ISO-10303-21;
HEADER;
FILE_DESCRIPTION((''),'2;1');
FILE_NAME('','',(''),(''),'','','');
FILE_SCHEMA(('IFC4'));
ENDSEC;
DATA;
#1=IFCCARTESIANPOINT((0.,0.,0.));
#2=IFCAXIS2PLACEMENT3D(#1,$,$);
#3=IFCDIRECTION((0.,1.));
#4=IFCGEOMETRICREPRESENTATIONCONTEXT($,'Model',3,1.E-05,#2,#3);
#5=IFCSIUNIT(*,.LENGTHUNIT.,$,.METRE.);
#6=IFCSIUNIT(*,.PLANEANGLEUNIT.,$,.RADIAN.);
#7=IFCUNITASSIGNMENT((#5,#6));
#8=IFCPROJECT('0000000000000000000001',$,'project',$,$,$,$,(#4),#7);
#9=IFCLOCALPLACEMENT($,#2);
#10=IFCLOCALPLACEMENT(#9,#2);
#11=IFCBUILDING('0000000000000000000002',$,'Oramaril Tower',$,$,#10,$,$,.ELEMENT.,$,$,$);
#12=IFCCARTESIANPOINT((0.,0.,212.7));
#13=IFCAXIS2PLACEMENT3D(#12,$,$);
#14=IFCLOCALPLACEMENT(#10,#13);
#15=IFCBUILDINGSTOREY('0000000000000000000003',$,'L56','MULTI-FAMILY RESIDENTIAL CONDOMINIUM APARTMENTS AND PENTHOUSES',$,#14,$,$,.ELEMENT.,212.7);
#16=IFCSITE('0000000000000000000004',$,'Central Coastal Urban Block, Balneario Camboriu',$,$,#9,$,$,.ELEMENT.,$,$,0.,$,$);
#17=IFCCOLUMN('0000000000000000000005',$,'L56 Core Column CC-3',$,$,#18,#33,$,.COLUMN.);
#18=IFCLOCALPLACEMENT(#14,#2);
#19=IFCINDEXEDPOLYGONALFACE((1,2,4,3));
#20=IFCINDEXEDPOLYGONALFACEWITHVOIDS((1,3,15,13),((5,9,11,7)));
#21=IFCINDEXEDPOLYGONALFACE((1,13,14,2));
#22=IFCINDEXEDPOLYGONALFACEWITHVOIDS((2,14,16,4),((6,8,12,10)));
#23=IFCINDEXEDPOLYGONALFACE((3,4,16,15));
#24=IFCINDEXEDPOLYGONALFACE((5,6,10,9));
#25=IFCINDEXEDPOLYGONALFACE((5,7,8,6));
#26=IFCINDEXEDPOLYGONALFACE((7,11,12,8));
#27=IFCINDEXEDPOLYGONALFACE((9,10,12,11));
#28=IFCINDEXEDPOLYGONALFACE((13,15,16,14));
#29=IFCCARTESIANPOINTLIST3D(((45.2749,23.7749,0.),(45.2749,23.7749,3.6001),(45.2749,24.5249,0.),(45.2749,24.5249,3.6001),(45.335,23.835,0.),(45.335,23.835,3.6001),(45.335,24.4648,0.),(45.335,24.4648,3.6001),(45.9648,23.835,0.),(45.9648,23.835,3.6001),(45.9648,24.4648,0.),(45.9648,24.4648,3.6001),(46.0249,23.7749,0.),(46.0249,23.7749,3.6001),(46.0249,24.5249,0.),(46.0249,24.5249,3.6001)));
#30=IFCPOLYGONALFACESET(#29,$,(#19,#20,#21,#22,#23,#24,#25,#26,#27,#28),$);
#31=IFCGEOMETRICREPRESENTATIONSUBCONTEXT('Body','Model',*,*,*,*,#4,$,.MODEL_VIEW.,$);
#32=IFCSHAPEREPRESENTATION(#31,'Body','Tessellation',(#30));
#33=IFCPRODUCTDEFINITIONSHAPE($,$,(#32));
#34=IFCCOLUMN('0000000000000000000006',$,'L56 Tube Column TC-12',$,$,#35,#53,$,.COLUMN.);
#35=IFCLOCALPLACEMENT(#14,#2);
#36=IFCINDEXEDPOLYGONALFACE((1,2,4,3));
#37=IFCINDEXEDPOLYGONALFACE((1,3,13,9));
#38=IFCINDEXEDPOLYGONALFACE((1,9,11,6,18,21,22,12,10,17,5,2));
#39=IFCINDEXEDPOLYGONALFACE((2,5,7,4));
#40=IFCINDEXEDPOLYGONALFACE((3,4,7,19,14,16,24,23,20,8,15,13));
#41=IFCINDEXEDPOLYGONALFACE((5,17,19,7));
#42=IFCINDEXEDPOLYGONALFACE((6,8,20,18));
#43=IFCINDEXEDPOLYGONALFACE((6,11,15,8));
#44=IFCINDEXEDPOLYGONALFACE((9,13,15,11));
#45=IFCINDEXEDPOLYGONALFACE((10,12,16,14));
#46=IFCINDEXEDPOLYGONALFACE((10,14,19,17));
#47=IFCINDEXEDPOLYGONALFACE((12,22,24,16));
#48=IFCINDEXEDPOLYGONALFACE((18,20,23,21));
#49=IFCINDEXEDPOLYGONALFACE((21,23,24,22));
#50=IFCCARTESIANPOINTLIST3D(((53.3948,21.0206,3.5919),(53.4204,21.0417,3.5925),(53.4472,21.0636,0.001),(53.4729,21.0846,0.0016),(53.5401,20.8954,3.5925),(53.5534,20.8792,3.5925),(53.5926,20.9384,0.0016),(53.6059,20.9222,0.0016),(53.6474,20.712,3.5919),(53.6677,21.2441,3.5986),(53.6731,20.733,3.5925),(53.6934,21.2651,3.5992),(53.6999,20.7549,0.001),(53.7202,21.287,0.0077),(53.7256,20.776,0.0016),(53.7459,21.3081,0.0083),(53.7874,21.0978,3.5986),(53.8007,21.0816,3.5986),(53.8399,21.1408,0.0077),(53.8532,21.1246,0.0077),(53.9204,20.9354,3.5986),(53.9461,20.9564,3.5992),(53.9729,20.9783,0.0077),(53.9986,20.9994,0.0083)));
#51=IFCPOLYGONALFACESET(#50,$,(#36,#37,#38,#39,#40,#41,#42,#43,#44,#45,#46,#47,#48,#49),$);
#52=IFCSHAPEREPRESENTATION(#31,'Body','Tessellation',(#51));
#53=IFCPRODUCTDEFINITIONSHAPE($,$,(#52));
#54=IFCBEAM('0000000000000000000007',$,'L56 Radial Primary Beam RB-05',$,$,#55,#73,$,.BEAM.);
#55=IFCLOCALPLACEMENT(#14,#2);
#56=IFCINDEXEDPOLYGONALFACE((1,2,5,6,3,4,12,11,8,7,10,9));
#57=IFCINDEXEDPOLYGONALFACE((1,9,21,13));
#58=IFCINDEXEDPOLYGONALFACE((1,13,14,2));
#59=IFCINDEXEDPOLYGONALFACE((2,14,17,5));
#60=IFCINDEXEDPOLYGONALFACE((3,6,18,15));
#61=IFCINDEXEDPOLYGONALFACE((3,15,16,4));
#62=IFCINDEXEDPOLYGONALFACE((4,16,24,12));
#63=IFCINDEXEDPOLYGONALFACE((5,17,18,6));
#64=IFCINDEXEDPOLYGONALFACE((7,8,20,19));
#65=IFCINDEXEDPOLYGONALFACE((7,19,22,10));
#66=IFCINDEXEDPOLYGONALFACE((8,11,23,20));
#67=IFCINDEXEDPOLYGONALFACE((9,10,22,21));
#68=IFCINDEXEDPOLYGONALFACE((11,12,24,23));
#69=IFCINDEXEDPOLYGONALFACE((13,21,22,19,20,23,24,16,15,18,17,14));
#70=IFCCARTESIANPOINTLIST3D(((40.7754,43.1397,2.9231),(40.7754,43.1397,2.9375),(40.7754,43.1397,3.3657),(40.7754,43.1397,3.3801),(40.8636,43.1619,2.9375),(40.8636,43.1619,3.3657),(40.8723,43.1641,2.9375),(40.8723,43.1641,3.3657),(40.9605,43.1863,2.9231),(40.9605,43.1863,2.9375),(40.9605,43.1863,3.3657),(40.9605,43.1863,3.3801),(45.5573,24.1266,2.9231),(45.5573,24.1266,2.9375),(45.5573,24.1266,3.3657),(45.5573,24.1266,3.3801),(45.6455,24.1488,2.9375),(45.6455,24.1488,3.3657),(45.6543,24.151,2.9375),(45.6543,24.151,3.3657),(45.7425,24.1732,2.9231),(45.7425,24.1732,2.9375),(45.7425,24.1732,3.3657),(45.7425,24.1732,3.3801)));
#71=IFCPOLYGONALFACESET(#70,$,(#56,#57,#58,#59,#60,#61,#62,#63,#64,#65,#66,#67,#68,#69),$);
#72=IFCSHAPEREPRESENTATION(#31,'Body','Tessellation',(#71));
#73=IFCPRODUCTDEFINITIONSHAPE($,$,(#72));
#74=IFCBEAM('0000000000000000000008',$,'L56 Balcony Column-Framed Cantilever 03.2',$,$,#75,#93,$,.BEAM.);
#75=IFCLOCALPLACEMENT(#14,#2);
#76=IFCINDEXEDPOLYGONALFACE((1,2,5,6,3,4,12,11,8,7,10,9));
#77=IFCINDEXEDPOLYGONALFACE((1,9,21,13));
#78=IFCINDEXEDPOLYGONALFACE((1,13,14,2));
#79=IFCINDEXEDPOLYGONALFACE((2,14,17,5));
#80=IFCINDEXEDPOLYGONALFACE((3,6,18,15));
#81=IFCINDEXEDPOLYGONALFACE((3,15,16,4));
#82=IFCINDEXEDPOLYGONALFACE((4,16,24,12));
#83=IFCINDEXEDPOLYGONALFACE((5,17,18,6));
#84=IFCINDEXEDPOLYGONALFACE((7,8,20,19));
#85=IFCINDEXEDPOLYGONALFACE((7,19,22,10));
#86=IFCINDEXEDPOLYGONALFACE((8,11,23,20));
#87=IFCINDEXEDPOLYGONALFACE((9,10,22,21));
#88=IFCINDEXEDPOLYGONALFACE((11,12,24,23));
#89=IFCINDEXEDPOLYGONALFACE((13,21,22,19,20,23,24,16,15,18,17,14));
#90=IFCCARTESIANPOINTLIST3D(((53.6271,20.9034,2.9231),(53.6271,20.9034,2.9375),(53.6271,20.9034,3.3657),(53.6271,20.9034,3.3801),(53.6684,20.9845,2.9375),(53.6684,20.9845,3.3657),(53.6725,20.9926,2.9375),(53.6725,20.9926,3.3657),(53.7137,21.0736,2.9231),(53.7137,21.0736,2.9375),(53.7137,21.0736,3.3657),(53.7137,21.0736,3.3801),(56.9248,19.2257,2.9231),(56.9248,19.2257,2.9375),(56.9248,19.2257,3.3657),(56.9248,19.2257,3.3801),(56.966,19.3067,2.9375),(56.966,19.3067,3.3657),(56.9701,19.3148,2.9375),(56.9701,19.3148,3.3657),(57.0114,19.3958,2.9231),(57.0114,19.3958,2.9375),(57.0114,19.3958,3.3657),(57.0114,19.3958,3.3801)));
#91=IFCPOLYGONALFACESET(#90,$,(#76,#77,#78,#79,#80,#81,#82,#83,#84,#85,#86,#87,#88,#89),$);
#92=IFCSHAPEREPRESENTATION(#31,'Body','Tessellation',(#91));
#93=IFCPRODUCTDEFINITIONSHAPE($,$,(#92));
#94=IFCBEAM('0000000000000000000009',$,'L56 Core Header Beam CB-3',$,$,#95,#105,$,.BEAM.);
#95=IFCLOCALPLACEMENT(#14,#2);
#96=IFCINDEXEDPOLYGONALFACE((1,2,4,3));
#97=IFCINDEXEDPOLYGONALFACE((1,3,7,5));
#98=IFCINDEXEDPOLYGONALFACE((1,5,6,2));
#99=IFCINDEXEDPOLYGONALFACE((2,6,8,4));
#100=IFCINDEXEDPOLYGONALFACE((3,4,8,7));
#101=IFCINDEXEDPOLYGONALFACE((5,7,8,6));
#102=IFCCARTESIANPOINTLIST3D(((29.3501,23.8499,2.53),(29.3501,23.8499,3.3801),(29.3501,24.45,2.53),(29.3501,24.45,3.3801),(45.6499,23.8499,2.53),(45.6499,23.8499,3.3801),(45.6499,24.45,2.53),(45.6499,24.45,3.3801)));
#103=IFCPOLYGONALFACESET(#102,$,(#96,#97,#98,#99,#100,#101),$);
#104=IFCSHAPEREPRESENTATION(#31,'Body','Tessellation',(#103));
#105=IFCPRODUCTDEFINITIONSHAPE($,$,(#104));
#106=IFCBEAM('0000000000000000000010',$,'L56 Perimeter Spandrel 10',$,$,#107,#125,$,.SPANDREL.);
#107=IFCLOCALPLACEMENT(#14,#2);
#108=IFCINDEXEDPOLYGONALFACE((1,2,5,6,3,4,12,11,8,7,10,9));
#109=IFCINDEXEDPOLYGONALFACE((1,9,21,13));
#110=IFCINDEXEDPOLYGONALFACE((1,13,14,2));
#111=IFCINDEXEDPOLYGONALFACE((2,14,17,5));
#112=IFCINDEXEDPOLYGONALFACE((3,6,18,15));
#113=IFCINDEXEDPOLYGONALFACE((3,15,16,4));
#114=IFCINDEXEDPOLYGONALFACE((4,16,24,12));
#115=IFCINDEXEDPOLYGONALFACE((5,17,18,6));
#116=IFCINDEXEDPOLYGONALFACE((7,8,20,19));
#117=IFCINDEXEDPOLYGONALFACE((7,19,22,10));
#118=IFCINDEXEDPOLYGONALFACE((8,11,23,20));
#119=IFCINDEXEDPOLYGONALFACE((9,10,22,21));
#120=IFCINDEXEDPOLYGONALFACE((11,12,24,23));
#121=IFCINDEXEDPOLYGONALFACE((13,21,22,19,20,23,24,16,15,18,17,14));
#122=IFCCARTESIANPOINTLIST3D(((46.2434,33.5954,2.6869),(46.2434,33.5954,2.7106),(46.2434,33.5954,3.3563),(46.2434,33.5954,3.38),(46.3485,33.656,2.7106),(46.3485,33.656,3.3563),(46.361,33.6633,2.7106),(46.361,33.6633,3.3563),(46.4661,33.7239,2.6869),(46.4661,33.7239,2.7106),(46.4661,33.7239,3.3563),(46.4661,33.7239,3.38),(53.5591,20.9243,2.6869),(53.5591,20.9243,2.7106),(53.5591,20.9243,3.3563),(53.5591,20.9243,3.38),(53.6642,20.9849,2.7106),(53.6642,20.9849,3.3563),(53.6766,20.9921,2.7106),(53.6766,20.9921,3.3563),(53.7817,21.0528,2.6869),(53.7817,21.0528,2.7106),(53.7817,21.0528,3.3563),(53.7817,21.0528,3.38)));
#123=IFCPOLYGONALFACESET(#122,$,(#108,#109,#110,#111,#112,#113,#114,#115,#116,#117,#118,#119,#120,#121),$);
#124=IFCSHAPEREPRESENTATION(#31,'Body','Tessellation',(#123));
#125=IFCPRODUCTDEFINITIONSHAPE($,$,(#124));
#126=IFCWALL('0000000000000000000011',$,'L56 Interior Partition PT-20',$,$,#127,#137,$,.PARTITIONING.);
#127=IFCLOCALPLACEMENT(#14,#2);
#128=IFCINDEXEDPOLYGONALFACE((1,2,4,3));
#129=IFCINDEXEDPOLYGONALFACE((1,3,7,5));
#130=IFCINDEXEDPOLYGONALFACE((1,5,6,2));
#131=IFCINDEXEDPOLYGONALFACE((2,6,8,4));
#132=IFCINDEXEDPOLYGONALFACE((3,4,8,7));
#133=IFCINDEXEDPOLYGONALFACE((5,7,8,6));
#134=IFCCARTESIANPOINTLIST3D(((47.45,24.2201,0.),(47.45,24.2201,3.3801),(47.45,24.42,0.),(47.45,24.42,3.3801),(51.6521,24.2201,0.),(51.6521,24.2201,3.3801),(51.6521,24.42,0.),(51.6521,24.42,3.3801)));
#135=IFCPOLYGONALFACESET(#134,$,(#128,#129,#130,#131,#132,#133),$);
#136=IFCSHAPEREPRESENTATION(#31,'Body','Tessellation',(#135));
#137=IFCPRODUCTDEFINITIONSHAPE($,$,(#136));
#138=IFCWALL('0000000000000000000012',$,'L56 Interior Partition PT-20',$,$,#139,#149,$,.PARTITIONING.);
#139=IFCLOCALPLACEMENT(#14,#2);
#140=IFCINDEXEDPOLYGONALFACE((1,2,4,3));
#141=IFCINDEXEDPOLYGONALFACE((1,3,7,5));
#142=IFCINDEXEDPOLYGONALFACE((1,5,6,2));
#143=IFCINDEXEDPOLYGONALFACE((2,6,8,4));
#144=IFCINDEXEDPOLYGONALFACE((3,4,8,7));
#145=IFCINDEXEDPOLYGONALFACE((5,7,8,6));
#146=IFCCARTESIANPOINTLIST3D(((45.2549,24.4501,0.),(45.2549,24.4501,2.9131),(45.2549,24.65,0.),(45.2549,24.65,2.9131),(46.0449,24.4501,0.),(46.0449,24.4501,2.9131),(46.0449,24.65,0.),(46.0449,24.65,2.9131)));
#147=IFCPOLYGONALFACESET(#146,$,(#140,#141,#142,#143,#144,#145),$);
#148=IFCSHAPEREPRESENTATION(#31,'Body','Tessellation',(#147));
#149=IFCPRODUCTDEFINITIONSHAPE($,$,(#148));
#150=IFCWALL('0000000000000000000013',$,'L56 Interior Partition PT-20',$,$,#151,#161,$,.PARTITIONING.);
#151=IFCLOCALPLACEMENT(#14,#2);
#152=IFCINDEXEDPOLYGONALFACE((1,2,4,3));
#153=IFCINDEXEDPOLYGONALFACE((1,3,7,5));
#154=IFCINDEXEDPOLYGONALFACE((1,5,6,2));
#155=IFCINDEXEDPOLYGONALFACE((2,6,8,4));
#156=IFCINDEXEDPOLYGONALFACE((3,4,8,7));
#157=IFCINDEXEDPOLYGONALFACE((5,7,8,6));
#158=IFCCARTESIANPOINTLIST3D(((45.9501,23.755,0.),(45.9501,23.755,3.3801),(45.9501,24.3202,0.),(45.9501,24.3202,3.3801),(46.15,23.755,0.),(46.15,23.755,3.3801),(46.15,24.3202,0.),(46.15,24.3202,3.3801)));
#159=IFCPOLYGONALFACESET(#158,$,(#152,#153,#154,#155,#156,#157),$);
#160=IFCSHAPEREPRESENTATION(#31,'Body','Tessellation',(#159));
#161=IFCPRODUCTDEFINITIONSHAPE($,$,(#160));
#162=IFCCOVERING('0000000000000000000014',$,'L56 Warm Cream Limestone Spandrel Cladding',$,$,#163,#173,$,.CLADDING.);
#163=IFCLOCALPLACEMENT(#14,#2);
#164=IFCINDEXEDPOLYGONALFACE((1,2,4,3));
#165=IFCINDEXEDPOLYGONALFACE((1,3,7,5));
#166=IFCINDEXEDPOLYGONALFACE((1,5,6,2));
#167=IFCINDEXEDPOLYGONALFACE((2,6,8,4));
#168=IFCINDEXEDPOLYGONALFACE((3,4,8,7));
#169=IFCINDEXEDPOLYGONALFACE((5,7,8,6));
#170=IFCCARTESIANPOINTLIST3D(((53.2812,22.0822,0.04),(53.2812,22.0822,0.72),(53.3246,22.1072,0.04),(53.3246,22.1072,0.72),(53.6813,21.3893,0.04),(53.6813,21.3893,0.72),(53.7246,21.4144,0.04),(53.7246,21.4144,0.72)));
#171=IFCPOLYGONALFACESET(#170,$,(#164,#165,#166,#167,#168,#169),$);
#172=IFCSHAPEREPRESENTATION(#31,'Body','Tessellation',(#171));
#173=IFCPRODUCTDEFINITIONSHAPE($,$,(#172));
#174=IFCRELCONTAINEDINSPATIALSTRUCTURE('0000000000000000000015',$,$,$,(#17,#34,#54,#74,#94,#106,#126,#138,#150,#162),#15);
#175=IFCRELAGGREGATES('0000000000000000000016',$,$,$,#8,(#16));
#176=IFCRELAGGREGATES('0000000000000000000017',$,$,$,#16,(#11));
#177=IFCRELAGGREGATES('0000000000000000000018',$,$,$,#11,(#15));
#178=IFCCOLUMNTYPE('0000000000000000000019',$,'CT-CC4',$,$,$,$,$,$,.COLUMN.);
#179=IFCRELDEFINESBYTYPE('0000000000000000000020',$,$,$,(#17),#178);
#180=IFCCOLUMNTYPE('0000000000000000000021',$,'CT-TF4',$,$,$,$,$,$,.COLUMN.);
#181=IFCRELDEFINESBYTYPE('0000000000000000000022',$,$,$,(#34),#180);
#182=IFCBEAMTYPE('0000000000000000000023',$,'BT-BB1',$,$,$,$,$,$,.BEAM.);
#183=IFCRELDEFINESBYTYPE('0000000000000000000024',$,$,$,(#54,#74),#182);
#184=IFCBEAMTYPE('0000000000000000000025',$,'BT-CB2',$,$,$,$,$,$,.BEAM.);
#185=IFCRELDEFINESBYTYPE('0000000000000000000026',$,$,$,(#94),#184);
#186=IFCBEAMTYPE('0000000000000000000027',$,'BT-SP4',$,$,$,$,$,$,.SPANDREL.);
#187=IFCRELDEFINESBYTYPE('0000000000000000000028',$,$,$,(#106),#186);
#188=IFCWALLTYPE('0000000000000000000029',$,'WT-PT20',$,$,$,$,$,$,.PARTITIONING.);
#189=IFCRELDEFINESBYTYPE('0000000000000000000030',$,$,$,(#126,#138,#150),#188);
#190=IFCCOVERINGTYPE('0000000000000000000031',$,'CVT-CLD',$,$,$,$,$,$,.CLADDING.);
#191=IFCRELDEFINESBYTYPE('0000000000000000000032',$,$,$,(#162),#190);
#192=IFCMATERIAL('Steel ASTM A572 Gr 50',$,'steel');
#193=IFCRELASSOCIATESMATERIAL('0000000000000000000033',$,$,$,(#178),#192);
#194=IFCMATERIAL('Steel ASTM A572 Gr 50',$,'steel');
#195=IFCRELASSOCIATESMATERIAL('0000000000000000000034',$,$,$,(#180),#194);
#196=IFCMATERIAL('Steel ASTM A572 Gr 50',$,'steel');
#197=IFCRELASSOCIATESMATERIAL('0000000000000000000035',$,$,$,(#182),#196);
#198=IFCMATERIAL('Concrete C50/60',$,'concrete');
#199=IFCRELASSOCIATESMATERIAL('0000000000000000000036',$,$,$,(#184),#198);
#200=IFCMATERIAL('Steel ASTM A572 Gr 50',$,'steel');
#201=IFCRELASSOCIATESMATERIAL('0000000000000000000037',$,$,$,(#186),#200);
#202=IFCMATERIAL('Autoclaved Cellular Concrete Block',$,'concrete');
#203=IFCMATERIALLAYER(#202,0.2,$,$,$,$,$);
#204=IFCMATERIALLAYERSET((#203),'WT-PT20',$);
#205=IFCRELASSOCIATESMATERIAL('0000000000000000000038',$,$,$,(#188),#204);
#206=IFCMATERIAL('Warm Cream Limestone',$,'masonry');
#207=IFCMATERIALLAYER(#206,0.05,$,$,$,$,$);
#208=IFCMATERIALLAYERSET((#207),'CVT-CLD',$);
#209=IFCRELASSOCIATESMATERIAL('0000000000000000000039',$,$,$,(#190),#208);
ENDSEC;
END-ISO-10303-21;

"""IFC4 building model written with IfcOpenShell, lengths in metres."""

from ifc_helpers import new_model, si_unit, direction, frame, frame_2d, origin, origin_2d, place, context, subcontext, project, spatial, rectangle, hollow_rectangle, i_section, extrude, material, layer, layer_set, material_profile, profile_set, type_object, element, save


model = new_model("IFC4")

# Units and contexts
model_context = context("Model", 3, precision=1e-05, world=origin(), true_north=direction((0.0, 1.0)))
body_context = subcontext(model_context, "Body", "Model", "MODEL_VIEW")
ifc_project = project(units=[si_unit("LENGTHUNIT", "METRE"), si_unit("PLANEANGLEUNIT", "RADIAN")], contexts=[model_context])

# Site, building, storey
site_placement = place(None, origin())
site = spatial("IfcSite", under=ifc_project, at=site_placement, Name="Central Coastal Urban Block, Balneario Camboriu", CompositionType="ELEMENT", RefElevation=0.0)
building_placement = place(site_placement, origin())
building = spatial("IfcBuilding", under=site, at=building_placement, Name="Oramaril Tower", CompositionType="ELEMENT")
storey_placement = place(building_placement, frame((0.0, 0.0, 212.7)))
storey = spatial("IfcBuildingStorey", under=building, at=storey_placement, Name="L56", Description="MULTI-FAMILY RESIDENTIAL CONDOMINIUM APARTMENTS AND PENTHOUSES", CompositionType="ELEMENT", Elevation=212.7)

# Columns
ifc_material_1 = material(Name="Steel ASTM A572 Gr 50", Category="steel")
ifc_material_profile_1 = material_profile(ifc_material_1, hollow_rectangle(XDim=0.75, YDim=0.75, WallThickness=0.0601, at=origin_2d()), Name="BOX750X750X60")
ifc_profile_set_1 = profile_set([ifc_material_profile_1], Name="Steel ASTM A572 Gr 50")
column_type_1 = type_object("IfcColumnType", Name="CT-CC4", PredefinedType="COLUMN", material=ifc_profile_set_1)
column_1_placement = place(storey_placement, frame((45.6499, 24.1499, 0.0), z_axis=(0.0, 0.0, 1.0), x_axis=(1.0, 0.0, 0.0)))
element("IfcColumn", 1, at=column_1_placement, inside=storey, type_object=column_type_1, Name="L56 Core Column CC-3", PredefinedType="COLUMN", context=body_context, shape_type="SweptSolid", body=[
    extrude(hollow_rectangle(XDim=0.75, YDim=0.75, WallThickness=0.0601, at=origin_2d()), origin(), (0.0, 0.0, 1.0), 3.6001),
])
ifc_material_2 = material(Name="Steel ASTM A572 Gr 50", Category="steel")
ifc_material_profile_2 = material_profile(ifc_material_2, i_section(OverallWidth=0.3989, OverallDepth=0.386, WebThickness=0.021, FlangeThickness=0.0332, at=origin_2d()), Name="W14X176")
ifc_profile_set_2 = profile_set([ifc_material_profile_2], Name="Steel ASTM A572 Gr 50")
column_type_2 = type_object("IfcColumnType", Name="CT-TF4", PredefinedType="COLUMN", material=ifc_profile_set_2)
column_2_placement = place(storey_placement, frame((53.7229, 21.0315, 0.0046), z_axis=(-0.014615, -0.011964, 0.999822), x_axis=(0.633434, -0.773797, 0.0)))
element("IfcColumn", 2, at=column_2_placement, inside=storey, type_object=column_type_2, Name="L56 Tube Column TC-12", PredefinedType="COLUMN", context=body_context, shape_type="SweptSolid", body=[
    extrude(i_section(OverallWidth=0.3989, OverallDepth=0.386, WebThickness=0.021, FlangeThickness=0.0332, at=origin_2d()), origin(), (0.0, 0.0, 1.0), 3.5916),
])

# Beams
ifc_material_3 = material(Name="Steel ASTM A572 Gr 50", Category="steel")
ifc_material_profile_3 = material_profile(ifc_material_3, i_section(OverallWidth=0.1909, OverallDepth=0.457, WebThickness=0.009, FlangeThickness=0.0144, at=origin_2d()), Name="W18X50")
ifc_profile_set_3 = profile_set([ifc_material_profile_3], Name="Steel ASTM A572 Gr 50")
beam_type_1 = type_object("IfcBeamType", Name="BT-BB1", PredefinedType="BEAM", material=ifc_profile_set_3)
beam_1_placement = place(storey_placement, frame((45.6499, 24.1499, 3.1516), z_axis=(-0.243913, 0.969797, 0.0), x_axis=(-0.969797, -0.243913, 0.0)))
element("IfcBeam", 3, at=beam_1_placement, inside=storey, type_object=beam_type_1, Name="L56 Radial Primary Beam RB-05", PredefinedType="BEAM", context=body_context, shape_type="SweptSolid", body=[
    extrude(i_section(OverallWidth=0.1909, OverallDepth=0.457, WebThickness=0.009, FlangeThickness=0.0144, at=origin_2d()), origin(), (0.0, 0.0, 1.0), 19.6052),
])
beam_2_placement = place(storey_placement, frame((53.6704, 20.9885, 3.1516), z_axis=(0.891278, -0.453458, 0.0), x_axis=(0.453458, 0.891278, 0.0)))
element("IfcBeam", 4, at=beam_2_placement, inside=storey, type_object=beam_type_1, Name="L56 Balcony Column-Framed Cantilever 03.2", PredefinedType="BEAM", context=body_context, shape_type="SweptSolid", body=[
    extrude(i_section(OverallWidth=0.1909, OverallDepth=0.457, WebThickness=0.009, FlangeThickness=0.0144, at=origin_2d()), origin(), (0.0, 0.0, 1.0), 3.7),
])
ifc_material_4 = material(Name="Concrete C50/60", Category="concrete")
ifc_material_profile_4 = material_profile(ifc_material_4, rectangle(XDim=0.6001, YDim=0.8501, at=origin_2d()), Name="CB600X850")
ifc_profile_set_4 = profile_set([ifc_material_profile_4], Name="Concrete C50/60")
beam_type_2 = type_object("IfcBeamType", Name="BT-CB2", PredefinedType="BEAM", material=ifc_profile_set_4)
beam_3_placement = place(storey_placement, frame((45.6499, 24.1499, 2.9551), z_axis=(-1.0, 0.0, 0.0), x_axis=(0.0, -1.0, 0.0)))
element("IfcBeam", 5, at=beam_3_placement, inside=storey, type_object=beam_type_2, Name="L56 Core Header Beam CB-3", PredefinedType="BEAM", context=body_context, shape_type="SweptSolid", body=[
    extrude(rectangle(XDim=0.6001, YDim=0.8501, at=origin_2d()), origin(), (0.0, 0.0, 1.0), 16.2998),
])
ifc_material_5 = material(Name="Steel ASTM A572 Gr 50", Category="steel")
ifc_material_profile_5 = material_profile(ifc_material_5, i_section(OverallWidth=0.2571, OverallDepth=0.6931, WebThickness=0.0144, FlangeThickness=0.0237, at=origin_2d()), Name="W27X114")
ifc_profile_set_5 = profile_set([ifc_material_profile_5], Name="Steel ASTM A572 Gr 50")
beam_type_3 = type_object("IfcBeamType", Name="BT-SP4", PredefinedType="SPANDREL", material=ifc_profile_set_5)
beam_4_placement = place(storey_placement, frame((53.6704, 20.9885, 3.0334), z_axis=(-0.499999, 0.866026, 0.0), x_axis=(-0.866026, -0.499999, 0.0)))
element("IfcBeam", 6, at=beam_4_placement, inside=storey, type_object=beam_type_3, Name="L56 Perimeter Spandrel 10", PredefinedType="SPANDREL", context=body_context, shape_type="SweptSolid", body=[
    extrude(i_section(OverallWidth=0.2571, OverallDepth=0.6931, WebThickness=0.0144, FlangeThickness=0.0237, at=origin_2d()), origin(), (0.0, 0.0, 1.0), 14.6313),
])

# Walls
ifc_material_6 = material(Name="Autoclaved Cellular Concrete Block", Category="concrete")
ifc_layer_1 = layer(ifc_material_6, 0.2)
ifc_layer_set_1 = layer_set([ifc_layer_1], Name="WT-PT20")
wall_type = type_object("IfcWallType", Name="WT-PT20", PredefinedType="PARTITIONING", material=ifc_layer_set_1)
wall_1_placement = place(storey_placement, frame((47.45, 24.3201, 0.0), z_axis=(0.0, 0.0, 1.0), x_axis=(1.0, 0.0, 0.0)))
element("IfcWall", 7, at=wall_1_placement, inside=storey, type_object=wall_type, Name="L56 Interior Partition PT-20", PredefinedType="PARTITIONING", context=body_context, shape_type="SweptSolid", body=[
    extrude(rectangle(XDim=4.2021, YDim=0.2, at=frame_2d((2.1011, 0.0))), origin(), (0.0, 0.0, 1.0), 3.3801),
])
wall_2_placement = place(storey_placement, frame((45.2549, 24.55, 0.0), z_axis=(0.0, 0.0, 1.0), x_axis=(1.0, 0.0, 0.0)))
element("IfcWall", 8, at=wall_2_placement, inside=storey, type_object=wall_type, Name="L56 Interior Partition PT-20", PredefinedType="PARTITIONING", context=body_context, shape_type="SweptSolid", body=[
    extrude(rectangle(XDim=0.79, YDim=0.2, at=frame_2d((0.395, 0.0))), origin(), (0.0, 0.0, 1.0), 2.9131),
])
wall_3_placement = place(storey_placement, frame((46.05, 23.7549, 0.0), z_axis=(0.0, 0.0, 1.0), x_axis=(0.0, 1.0, 0.0)))
element("IfcWall", 9, at=wall_3_placement, inside=storey, type_object=wall_type, Name="L56 Interior Partition PT-20", PredefinedType="PARTITIONING", context=body_context, shape_type="SweptSolid", body=[
    extrude(rectangle(XDim=0.5652, YDim=0.2, at=frame_2d((0.2827, 0.0))), origin(), (0.0, 0.0, 1.0), 3.3801),
])

# Covering
ifc_material_7 = material(Name="Warm Cream Limestone", Category="masonry")
ifc_layer_2 = layer(ifc_material_7, 0.05)
ifc_layer_set_2 = layer_set([ifc_layer_2], Name="CVT-CLD")
covering_type = type_object("IfcCoveringType", Name="CVT-CLD", PredefinedType="CLADDING", material=ifc_layer_set_2)
covering_placement = place(storey_placement, frame((53.5029, 21.7483, 0.04), z_axis=(0.0, 0.0, 1.0), x_axis=(-0.499998, 0.866026, 0.0)))
element("IfcCovering", 10, at=covering_placement, inside=storey, type_object=covering_type, Name="L56 Warm Cream Limestone Spandrel Cladding", PredefinedType="CLADDING", context=body_context, shape_type="SweptSolid", body=[
    extrude(rectangle(XDim=0.8, YDim=0.05, at=origin_2d()), origin(), (0.0, 0.0, 1.0), 0.6799),
])

save(model, "model.ifc")
